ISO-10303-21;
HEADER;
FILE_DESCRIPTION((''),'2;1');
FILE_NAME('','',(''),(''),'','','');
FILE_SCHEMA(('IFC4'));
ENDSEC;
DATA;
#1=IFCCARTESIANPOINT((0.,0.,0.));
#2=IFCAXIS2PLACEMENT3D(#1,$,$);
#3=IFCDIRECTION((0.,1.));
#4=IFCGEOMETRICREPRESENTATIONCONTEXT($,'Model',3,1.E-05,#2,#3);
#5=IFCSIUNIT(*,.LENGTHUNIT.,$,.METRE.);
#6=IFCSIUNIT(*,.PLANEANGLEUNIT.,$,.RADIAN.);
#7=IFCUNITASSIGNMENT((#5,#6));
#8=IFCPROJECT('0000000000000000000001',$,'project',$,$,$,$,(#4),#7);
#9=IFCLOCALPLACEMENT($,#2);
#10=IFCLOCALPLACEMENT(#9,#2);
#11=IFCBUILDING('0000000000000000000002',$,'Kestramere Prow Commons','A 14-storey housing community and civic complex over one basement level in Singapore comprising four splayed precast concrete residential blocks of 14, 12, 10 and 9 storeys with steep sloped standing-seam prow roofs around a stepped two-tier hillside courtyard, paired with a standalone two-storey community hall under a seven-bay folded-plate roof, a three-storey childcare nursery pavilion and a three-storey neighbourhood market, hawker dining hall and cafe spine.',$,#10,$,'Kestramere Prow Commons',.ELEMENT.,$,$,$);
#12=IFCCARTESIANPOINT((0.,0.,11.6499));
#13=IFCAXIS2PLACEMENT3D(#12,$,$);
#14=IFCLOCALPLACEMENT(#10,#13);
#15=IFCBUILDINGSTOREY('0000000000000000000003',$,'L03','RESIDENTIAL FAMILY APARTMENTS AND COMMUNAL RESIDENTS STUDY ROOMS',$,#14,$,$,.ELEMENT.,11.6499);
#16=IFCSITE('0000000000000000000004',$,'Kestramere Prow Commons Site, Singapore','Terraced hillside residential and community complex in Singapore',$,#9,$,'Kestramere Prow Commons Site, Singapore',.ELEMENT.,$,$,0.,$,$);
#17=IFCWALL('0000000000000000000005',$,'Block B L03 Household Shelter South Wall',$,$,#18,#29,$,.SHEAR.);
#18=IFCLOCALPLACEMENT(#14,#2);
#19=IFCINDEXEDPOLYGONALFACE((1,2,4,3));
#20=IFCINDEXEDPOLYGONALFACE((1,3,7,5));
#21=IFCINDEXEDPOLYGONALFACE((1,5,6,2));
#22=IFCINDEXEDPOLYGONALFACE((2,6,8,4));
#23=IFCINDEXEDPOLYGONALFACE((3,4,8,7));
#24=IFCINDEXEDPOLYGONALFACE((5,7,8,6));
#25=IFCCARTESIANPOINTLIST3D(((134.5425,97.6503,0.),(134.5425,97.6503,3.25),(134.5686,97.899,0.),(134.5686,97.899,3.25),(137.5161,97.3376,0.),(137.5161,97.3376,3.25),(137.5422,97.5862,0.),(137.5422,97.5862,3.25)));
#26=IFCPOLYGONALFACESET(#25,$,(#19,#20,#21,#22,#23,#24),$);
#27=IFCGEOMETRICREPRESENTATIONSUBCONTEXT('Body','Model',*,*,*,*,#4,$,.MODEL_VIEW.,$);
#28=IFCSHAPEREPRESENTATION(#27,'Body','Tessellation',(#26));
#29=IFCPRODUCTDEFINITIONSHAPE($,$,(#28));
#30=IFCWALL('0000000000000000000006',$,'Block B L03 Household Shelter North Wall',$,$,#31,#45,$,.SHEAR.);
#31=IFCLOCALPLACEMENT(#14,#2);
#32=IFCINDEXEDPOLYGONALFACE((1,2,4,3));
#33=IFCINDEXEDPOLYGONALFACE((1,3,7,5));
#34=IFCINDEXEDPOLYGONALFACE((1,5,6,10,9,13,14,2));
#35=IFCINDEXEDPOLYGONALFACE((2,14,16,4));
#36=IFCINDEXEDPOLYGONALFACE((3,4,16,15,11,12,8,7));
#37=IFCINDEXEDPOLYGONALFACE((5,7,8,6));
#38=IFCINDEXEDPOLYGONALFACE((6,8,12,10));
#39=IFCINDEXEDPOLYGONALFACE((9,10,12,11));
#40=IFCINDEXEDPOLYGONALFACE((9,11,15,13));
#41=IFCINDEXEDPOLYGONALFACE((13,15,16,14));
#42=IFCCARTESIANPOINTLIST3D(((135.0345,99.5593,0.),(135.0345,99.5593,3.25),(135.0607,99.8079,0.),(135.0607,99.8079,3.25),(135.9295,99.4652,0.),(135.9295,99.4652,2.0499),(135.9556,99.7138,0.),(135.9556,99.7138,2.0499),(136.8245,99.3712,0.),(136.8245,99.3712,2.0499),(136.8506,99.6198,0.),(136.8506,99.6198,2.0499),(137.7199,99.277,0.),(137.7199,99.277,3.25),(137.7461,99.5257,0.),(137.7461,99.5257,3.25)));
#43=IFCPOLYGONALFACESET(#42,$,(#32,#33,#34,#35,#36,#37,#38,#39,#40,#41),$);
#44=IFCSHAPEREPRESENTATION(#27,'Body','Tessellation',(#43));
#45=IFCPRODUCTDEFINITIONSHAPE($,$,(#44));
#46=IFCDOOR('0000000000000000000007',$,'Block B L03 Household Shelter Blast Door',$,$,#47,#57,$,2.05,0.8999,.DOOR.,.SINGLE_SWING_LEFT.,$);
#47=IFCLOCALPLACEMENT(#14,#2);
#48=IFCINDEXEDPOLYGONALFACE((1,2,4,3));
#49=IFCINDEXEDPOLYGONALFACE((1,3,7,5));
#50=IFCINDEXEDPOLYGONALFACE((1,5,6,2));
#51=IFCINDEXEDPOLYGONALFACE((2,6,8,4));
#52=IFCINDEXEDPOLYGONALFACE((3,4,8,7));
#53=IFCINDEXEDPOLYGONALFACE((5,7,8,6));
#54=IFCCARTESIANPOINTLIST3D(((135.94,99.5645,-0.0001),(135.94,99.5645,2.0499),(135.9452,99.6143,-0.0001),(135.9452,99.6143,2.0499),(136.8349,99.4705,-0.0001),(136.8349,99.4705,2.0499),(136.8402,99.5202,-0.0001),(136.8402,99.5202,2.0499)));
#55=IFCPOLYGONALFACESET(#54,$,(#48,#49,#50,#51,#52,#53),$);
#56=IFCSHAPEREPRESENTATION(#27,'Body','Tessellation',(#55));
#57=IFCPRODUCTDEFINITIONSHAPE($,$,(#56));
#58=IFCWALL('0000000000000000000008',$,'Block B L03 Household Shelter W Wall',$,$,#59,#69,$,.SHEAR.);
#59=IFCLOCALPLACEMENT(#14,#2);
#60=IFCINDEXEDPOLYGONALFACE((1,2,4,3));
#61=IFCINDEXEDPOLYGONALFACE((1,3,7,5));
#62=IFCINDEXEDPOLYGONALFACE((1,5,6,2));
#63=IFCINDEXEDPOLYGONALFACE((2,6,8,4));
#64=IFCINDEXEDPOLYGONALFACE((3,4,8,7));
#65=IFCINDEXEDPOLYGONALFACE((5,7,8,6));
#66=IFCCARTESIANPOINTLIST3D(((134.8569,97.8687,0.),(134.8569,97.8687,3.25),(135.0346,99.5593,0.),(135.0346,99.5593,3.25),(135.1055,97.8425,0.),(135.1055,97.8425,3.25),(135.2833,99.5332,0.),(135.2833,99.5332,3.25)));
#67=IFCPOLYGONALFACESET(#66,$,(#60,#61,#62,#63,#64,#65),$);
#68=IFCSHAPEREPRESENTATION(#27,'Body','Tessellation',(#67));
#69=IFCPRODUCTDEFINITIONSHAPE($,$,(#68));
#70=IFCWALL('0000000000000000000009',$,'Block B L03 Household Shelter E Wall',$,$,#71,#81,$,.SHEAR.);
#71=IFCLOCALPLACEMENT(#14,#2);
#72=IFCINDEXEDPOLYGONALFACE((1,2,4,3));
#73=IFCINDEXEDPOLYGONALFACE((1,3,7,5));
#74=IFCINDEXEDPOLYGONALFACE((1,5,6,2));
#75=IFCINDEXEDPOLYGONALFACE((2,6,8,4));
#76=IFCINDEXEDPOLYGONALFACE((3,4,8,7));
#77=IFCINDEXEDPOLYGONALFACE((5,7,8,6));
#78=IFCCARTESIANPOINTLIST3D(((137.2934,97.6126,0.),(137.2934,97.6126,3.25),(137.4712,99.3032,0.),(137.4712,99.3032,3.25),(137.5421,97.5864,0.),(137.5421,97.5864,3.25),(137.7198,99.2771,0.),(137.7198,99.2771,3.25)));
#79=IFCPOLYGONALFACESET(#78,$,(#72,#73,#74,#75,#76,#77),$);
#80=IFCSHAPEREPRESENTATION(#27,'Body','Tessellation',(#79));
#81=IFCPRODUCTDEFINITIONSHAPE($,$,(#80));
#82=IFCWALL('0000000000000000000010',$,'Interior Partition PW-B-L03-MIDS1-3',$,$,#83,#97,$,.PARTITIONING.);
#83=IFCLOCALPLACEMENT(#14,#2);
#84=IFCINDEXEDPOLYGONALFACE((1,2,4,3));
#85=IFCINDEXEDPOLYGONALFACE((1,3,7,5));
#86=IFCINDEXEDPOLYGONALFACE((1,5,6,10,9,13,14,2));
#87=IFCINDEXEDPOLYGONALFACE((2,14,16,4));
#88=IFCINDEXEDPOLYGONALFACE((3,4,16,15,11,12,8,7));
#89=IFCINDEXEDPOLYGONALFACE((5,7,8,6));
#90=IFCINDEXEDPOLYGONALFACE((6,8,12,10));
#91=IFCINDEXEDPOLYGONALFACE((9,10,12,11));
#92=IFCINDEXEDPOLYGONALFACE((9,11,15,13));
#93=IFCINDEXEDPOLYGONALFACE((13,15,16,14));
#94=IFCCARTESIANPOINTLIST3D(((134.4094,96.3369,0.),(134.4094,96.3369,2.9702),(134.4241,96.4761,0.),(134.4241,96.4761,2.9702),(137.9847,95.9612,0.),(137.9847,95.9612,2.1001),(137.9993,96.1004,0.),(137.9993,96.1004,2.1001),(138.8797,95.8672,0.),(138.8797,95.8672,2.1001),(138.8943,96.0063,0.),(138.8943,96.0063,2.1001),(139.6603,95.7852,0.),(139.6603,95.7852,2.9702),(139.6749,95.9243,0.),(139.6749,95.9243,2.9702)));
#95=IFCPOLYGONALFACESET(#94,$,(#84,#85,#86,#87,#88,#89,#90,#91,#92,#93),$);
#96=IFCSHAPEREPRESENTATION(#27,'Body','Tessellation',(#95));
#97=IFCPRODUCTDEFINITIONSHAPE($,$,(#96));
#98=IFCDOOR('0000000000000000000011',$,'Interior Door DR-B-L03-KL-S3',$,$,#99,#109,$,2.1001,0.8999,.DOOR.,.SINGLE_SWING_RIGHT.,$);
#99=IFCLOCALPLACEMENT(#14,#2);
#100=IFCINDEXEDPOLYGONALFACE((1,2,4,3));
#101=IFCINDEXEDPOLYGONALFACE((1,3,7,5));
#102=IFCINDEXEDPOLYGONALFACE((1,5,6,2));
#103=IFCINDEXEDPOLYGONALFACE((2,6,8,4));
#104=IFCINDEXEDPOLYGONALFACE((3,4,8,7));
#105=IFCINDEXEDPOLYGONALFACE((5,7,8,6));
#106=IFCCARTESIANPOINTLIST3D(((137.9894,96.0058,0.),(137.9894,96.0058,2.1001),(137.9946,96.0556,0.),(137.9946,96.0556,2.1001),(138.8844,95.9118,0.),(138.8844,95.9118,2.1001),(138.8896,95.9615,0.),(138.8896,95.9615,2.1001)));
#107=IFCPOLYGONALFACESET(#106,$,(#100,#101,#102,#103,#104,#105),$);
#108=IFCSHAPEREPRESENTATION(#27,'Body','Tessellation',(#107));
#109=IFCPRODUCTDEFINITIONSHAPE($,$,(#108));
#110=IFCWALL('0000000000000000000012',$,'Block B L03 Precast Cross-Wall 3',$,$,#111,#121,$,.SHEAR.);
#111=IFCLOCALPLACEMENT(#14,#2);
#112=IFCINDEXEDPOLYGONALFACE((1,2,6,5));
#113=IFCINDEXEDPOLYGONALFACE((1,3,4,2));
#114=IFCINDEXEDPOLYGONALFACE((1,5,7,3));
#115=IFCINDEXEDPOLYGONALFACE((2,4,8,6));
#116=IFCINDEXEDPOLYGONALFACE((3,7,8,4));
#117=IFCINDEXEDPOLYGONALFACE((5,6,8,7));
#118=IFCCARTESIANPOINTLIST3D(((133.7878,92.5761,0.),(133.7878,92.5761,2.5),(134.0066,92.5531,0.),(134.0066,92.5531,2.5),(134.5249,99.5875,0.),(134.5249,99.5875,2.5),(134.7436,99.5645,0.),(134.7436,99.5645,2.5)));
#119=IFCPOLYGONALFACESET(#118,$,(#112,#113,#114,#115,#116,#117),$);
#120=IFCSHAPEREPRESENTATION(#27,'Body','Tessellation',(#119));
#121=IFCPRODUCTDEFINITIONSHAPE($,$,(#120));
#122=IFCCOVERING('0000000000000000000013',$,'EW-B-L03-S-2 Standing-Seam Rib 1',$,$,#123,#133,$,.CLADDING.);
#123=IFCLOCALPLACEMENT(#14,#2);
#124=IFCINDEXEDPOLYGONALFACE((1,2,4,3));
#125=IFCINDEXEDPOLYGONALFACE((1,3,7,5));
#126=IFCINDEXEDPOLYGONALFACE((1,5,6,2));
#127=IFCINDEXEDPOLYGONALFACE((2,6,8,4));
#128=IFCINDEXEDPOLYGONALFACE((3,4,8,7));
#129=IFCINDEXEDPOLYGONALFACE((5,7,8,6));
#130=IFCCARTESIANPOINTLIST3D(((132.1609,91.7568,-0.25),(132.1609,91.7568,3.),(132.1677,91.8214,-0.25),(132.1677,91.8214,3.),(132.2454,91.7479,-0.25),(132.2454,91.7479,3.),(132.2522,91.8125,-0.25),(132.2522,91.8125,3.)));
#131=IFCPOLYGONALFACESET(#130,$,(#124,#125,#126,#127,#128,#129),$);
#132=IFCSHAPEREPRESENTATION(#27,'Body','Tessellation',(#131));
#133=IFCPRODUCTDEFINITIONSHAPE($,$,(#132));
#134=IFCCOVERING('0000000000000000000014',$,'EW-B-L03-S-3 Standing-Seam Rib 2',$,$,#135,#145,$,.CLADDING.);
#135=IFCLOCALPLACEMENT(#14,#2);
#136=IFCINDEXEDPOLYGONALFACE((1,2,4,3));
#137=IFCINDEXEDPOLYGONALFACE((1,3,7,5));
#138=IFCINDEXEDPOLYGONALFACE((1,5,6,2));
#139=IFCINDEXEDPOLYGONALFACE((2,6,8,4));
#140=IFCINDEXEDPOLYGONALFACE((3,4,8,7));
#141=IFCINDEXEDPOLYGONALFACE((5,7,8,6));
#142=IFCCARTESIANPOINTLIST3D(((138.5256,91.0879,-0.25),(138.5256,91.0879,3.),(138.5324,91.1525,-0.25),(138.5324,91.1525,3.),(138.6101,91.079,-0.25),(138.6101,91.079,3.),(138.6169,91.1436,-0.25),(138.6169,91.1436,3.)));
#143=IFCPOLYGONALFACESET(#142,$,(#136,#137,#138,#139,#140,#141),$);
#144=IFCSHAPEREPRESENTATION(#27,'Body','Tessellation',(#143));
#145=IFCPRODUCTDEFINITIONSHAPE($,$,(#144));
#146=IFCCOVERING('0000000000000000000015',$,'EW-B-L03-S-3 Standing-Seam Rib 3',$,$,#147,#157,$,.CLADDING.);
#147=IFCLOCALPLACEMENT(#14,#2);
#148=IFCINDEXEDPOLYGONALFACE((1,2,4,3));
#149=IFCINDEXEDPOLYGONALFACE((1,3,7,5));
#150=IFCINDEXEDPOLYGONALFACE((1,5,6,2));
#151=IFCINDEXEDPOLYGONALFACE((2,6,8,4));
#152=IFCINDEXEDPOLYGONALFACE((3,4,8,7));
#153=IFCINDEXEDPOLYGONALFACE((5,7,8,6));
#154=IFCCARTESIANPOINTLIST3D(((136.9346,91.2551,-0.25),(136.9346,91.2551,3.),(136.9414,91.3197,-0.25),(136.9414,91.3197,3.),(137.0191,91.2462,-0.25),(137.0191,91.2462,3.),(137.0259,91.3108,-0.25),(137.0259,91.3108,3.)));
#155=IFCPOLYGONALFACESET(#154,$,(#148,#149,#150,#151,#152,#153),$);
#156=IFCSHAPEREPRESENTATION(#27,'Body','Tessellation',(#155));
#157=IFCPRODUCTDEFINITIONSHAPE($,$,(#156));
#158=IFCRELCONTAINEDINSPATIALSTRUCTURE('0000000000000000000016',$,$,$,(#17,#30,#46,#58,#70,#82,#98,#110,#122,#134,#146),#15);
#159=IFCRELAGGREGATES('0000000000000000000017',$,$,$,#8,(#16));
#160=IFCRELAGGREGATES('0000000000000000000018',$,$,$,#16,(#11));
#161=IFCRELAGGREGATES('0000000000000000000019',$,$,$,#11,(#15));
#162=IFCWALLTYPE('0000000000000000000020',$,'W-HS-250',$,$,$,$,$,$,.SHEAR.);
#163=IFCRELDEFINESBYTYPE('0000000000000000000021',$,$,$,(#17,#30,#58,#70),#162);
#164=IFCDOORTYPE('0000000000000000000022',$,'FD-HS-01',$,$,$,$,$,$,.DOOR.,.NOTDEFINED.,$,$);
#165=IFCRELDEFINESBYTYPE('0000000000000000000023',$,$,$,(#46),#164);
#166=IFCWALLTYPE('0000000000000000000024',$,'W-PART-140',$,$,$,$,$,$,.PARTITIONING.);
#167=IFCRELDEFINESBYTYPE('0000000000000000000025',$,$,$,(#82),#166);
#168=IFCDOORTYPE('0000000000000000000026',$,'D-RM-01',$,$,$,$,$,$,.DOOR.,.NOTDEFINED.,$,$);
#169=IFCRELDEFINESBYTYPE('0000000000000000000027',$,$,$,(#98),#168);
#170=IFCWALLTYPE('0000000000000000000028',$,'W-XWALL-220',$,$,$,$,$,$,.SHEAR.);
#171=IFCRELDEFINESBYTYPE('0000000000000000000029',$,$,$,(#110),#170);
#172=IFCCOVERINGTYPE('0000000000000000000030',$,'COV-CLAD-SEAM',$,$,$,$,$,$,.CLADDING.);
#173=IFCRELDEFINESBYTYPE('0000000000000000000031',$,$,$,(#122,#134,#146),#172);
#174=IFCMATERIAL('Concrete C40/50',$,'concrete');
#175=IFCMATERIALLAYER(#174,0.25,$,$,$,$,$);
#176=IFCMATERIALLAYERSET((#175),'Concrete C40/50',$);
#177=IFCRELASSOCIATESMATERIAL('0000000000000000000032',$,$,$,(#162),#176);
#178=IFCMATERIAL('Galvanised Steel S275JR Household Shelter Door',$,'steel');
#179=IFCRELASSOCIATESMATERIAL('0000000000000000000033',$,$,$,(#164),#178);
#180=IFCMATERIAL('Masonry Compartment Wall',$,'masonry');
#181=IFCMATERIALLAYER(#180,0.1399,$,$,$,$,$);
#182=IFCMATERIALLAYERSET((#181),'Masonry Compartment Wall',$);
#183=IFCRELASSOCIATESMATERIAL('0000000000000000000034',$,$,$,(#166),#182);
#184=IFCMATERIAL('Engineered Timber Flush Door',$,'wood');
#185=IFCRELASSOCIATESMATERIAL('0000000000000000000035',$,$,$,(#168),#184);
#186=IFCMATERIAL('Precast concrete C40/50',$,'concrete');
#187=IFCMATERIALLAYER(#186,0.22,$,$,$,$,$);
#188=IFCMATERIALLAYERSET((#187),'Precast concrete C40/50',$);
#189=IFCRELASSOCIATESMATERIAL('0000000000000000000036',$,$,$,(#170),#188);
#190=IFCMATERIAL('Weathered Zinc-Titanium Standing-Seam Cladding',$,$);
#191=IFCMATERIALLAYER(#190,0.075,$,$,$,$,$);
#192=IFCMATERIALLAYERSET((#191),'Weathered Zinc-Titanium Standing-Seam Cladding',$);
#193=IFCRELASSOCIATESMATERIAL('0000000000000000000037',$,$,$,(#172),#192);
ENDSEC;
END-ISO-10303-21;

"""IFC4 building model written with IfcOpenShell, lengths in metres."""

from ifc_helpers import new_model, si_unit, direction, frame, frame_2d, origin, origin_2d, place, context, subcontext, project, spatial, rectangle, extrude, material, layer, layer_set, type_object, element, fill, save


model = new_model("IFC4")

# Units and contexts
model_context = context("Model", 3, precision=1e-05, world=origin(), true_north=direction((0.0, 1.0)))
body_context = subcontext(model_context, "Body", "Model", "MODEL_VIEW")
ifc_project = project(units=[si_unit("LENGTHUNIT", "METRE"), si_unit("PLANEANGLEUNIT", "RADIAN")], contexts=[model_context])

# Site, building, storey
site_placement = place(None, origin())
site = spatial("IfcSite", under=ifc_project, at=site_placement, Name="Kestramere Prow Commons Site, Singapore", Description="Terraced hillside residential and community complex in Singapore", LongName="Kestramere Prow Commons Site, Singapore", CompositionType="ELEMENT", RefElevation=0.0)
building_placement = place(site_placement, origin())
building = spatial("IfcBuilding", under=site, at=building_placement, Name="Kestramere Prow Commons", Description="A 14-storey housing community and civic complex over one basement level in Singapore comprising four splayed precast concrete residential blocks of 14, 12, 10 and 9 storeys with steep sloped standing-seam prow roofs around a stepped two-tier hillside courtyard, paired with a standalone two-storey community hall under a seven-bay folded-plate roof, a three-storey childcare nursery pavilion and a three-storey neighbourhood market, hawker dining hall and cafe spine.", LongName="Kestramere Prow Commons", CompositionType="ELEMENT")
storey_placement = place(building_placement, frame((0.0, 0.0, 11.6499)))
storey = spatial("IfcBuildingStorey", under=building, at=storey_placement, Name="L03", Description="RESIDENTIAL FAMILY APARTMENTS AND COMMUNAL RESIDENTS STUDY ROOMS", CompositionType="ELEMENT", Elevation=11.6499)

# Shared definitions
ifc_material_1 = material(Name="Precast concrete C40/50", Category="concrete")

# Wall
ifc_material_2 = material(Name="Concrete C40/50", Category="concrete")
ifc_layer_1 = layer(ifc_material_2, 0.25)
ifc_layer_set_1 = layer_set([ifc_layer_1], Name="Concrete C40/50")
wall_type_1 = type_object("IfcWallType", Name="W-HS-250", PredefinedType="SHEAR", material=ifc_layer_set_1)
wall_1_placement = place(storey_placement, frame((134.5554, 97.7747, 0.0), z_axis=(0.0, 0.0, 1.0), x_axis=(0.994515, -0.104596, 0.0)))
element("IfcWall", 1, at=wall_1_placement, inside=storey, type_object=wall_type_1, Name="Block B L03 Household Shelter South Wall", PredefinedType="SHEAR", context=body_context, shape_type="SweptSolid", body=[
    extrude(rectangle(XDim=2.99, YDim=0.25, at=frame_2d((1.4951, 0.0))), origin(), (0.0, 0.0, 1.0), 3.25),
])

# Wall, opening, door
wall_2_placement = place(storey_placement, frame((135.0476, 99.6836, 0.0), z_axis=(0.0, 0.0, 1.0), x_axis=(0.994522, -0.104525, 0.0)))
wall_2 = element("IfcWall", 2, at=wall_2_placement, inside=storey, type_object=wall_type_1, Name="Block B L03 Household Shelter North Wall", PredefinedType="SHEAR", context=body_context, shape_type="SweptSolid", body=[
    extrude(rectangle(XDim=2.7002, YDim=0.25, at=frame_2d((1.3501, 0.0))), origin(), (0.0, 0.0, 1.0), 3.25),
])
opening_1_placement = place(wall_2_placement, frame((0.8999, 0.0, 0.0)))
opening_1 = element("IfcOpeningElement", 3, at=opening_1_placement, cuts=wall_2, PredefinedType="OPENING", context=body_context, shape_type="SweptSolid", body=[
    extrude(rectangle(XDim=0.8999, YDim=2.05, at=frame_2d((0.45, 1.0249))), frame((0.0, 0.1399, 0.0), z_axis=(0.0, -1.0, 0.0), x_axis=(1.0, 0.0, 0.0)), (0.0, 0.0, 1.0), 0.28),
])
ifc_material_3 = material(Name="Galvanised Steel S275JR Household Shelter Door", Category="steel")
door_type_1 = type_object("IfcDoorType", Name="FD-HS-01", OperationType="NOTDEFINED", PredefinedType="DOOR", material=ifc_material_3)
door_1_placement = place(opening_1_placement, origin())
door_1 = element("IfcDoor", 4, at=door_1_placement, inside=storey, type_object=door_type_1, Name="Block B L03 Household Shelter Blast Door", OperationType="SINGLE_SWING_LEFT", OverallHeight=2.05, OverallWidth=0.8999, PredefinedType="DOOR", context=body_context, shape_type="SweptSolid", body=[
    extrude(rectangle(XDim=0.8999, YDim=2.05, at=frame_2d((0.45, 1.0249))), frame((0.0, 0.0249, 0.0), z_axis=(0.0, -1.0, 0.0), x_axis=(1.0, 0.0, 0.0)), (0.0, 0.0, 1.0), 0.05),
])
fill(opening_1, door_1)

# Walls
for number, where, z_axis, x_axis, name in (
    (5, (134.9812, 97.8555, 0.0), (0.0, 0.0, 1.0), (0.10455, 0.99452, 0.0), "Block B L03 Household Shelter W Wall"),
    (6, (137.4177, 97.5994, 0.0), (0.0, 0.0, 1.0), (0.10455, 0.99452, 0.0), "Block B L03 Household Shelter E Wall"),
):
    element("IfcWall", number, at=place(storey_placement, frame(where, z_axis=z_axis, x_axis=x_axis)), inside=storey, type_object=wall_type_1, Name=name, PredefinedType="SHEAR", context=body_context, shape_type="SweptSolid", body=[
        extrude(rectangle(XDim=1.7, YDim=0.25, at=frame_2d((0.8501, 0.0))), origin(), (0.0, 0.0, 1.0), 3.25),
    ])

# Wall, opening, door
ifc_material_4 = material(Name="Masonry Compartment Wall", Category="masonry")
ifc_layer_2 = layer(ifc_material_4, 0.1399)
ifc_layer_set_2 = layer_set([ifc_layer_2], Name="Masonry Compartment Wall")
wall_type_2 = type_object("IfcWallType", Name="W-PART-140", PredefinedType="PARTITIONING", material=ifc_layer_set_2)
wall_3_placement = place(storey_placement, frame((134.4167, 96.4065, 0.0), z_axis=(0.0, 0.0, 1.0), x_axis=(0.994525, -0.104502, 0.0)))
wall_3 = element("IfcWall", 7, at=wall_3_placement, inside=storey, type_object=wall_type_2, Name="Interior Partition PW-B-L03-MIDS1-3", PredefinedType="PARTITIONING", context=body_context, shape_type="SweptSolid", body=[
    extrude(rectangle(XDim=5.2798, YDim=0.1399, at=frame_2d((2.6399, 0.0))), origin(), (0.0, 0.0, 1.0), 2.9702),
])
opening_2_placement = place(wall_3_placement, frame((3.595, 0.0, 0.0)))
opening_2 = element("IfcOpeningElement", 8, at=opening_2_placement, cuts=wall_3, PredefinedType="OPENING", context=body_context, shape_type="SweptSolid", body=[
    extrude(rectangle(XDim=0.8999, YDim=2.1001, at=frame_2d((0.45, 1.05))), frame((0.0, 0.085, 0.0), z_axis=(0.0, -1.0, 0.0), x_axis=(1.0, 0.0, 0.0)), (0.0, 0.0, 1.0), 0.1699),
])
ifc_material_5 = material(Name="Engineered Timber Flush Door", Category="wood")
door_type_2 = type_object("IfcDoorType", Name="D-RM-01", OperationType="NOTDEFINED", PredefinedType="DOOR", material=ifc_material_5)
door_2_placement = place(opening_2_placement, origin())
door_2 = element("IfcDoor", 9, at=door_2_placement, inside=storey, type_object=door_type_2, Name="Interior Door DR-B-L03-KL-S3", OperationType="SINGLE_SWING_RIGHT", OverallHeight=2.1001, OverallWidth=0.8999, PredefinedType="DOOR", context=body_context, shape_type="SweptSolid", body=[
    extrude(rectangle(XDim=0.8999, YDim=2.1001, at=frame_2d((0.45, 1.05))), frame((0.0, 0.0249, 0.0), z_axis=(0.0, -1.0, 0.0), x_axis=(1.0, 0.0, 0.0)), (0.0, 0.0, 1.0), 0.05),
])
fill(opening_2, door_2)

# Wall
ifc_layer_3 = layer(ifc_material_1, 0.22)
ifc_layer_set_3 = layer_set([ifc_layer_3], Name="Precast concrete C40/50")
wall_type_3 = type_object("IfcWallType", Name="W-XWALL-220", PredefinedType="SHEAR", material=ifc_layer_set_3)
wall_4_placement = place(storey_placement, frame((133.8972, 92.5647, 0.0), z_axis=(0.0, 0.0, 1.0), x_axis=(0.104546, 0.99452, 0.0)))
element("IfcWall", 10, at=wall_4_placement, inside=storey, type_object=wall_type_3, Name="Block B L03 Precast Cross-Wall 3", PredefinedType="SHEAR", context=body_context, shape_type="SweptSolid", body=[
    extrude(rectangle(XDim=7.05, YDim=0.22, at=frame_2d((3.5249, 0.0))), origin(), (0.0, 0.0, 1.0), 2.5),
])

# Coverings
ifc_material_6 = material(Name="Weathered Zinc-Titanium Standing-Seam Cladding")
ifc_layer_4 = layer(ifc_material_6, 0.075)
ifc_layer_set_4 = layer_set([ifc_layer_4], Name="Weathered Zinc-Titanium Standing-Seam Cladding")
covering_type = type_object("IfcCoveringType", Name="COV-CLAD-SEAM", PredefinedType="CLADDING", material=ifc_layer_set_4)
for number, where, z_axis, x_axis, name in (
    (11, (132.2065, 91.7847, -0.25), (0.0, 0.0, 1.0), (-0.994522, 0.104528, 0.0), "EW-B-L03-S-2 Standing-Seam Rib 1"),
    (12, (138.5713, 91.1157, -0.25), (0.0, 0.0, 1.0), (-0.994522, 0.104528, 0.0), "EW-B-L03-S-3 Standing-Seam Rib 2"),
    (13, (136.9802, 91.283, -0.25), (0.0, 0.0, 1.0), (-0.994522, 0.104528, 0.0), "EW-B-L03-S-3 Standing-Seam Rib 3"),
):
    element("IfcCovering", number, at=place(storey_placement, frame(where, z_axis=z_axis, x_axis=x_axis)), inside=storey, type_object=covering_type, Name=name, PredefinedType="CLADDING", context=body_context, shape_type="SweptSolid", body=[
        extrude(rectangle(XDim=0.085, YDim=0.0649, at=origin_2d()), origin(), (0.0, 0.0, 1.0), 3.25),
    ])

save(model, "model.ifc")
